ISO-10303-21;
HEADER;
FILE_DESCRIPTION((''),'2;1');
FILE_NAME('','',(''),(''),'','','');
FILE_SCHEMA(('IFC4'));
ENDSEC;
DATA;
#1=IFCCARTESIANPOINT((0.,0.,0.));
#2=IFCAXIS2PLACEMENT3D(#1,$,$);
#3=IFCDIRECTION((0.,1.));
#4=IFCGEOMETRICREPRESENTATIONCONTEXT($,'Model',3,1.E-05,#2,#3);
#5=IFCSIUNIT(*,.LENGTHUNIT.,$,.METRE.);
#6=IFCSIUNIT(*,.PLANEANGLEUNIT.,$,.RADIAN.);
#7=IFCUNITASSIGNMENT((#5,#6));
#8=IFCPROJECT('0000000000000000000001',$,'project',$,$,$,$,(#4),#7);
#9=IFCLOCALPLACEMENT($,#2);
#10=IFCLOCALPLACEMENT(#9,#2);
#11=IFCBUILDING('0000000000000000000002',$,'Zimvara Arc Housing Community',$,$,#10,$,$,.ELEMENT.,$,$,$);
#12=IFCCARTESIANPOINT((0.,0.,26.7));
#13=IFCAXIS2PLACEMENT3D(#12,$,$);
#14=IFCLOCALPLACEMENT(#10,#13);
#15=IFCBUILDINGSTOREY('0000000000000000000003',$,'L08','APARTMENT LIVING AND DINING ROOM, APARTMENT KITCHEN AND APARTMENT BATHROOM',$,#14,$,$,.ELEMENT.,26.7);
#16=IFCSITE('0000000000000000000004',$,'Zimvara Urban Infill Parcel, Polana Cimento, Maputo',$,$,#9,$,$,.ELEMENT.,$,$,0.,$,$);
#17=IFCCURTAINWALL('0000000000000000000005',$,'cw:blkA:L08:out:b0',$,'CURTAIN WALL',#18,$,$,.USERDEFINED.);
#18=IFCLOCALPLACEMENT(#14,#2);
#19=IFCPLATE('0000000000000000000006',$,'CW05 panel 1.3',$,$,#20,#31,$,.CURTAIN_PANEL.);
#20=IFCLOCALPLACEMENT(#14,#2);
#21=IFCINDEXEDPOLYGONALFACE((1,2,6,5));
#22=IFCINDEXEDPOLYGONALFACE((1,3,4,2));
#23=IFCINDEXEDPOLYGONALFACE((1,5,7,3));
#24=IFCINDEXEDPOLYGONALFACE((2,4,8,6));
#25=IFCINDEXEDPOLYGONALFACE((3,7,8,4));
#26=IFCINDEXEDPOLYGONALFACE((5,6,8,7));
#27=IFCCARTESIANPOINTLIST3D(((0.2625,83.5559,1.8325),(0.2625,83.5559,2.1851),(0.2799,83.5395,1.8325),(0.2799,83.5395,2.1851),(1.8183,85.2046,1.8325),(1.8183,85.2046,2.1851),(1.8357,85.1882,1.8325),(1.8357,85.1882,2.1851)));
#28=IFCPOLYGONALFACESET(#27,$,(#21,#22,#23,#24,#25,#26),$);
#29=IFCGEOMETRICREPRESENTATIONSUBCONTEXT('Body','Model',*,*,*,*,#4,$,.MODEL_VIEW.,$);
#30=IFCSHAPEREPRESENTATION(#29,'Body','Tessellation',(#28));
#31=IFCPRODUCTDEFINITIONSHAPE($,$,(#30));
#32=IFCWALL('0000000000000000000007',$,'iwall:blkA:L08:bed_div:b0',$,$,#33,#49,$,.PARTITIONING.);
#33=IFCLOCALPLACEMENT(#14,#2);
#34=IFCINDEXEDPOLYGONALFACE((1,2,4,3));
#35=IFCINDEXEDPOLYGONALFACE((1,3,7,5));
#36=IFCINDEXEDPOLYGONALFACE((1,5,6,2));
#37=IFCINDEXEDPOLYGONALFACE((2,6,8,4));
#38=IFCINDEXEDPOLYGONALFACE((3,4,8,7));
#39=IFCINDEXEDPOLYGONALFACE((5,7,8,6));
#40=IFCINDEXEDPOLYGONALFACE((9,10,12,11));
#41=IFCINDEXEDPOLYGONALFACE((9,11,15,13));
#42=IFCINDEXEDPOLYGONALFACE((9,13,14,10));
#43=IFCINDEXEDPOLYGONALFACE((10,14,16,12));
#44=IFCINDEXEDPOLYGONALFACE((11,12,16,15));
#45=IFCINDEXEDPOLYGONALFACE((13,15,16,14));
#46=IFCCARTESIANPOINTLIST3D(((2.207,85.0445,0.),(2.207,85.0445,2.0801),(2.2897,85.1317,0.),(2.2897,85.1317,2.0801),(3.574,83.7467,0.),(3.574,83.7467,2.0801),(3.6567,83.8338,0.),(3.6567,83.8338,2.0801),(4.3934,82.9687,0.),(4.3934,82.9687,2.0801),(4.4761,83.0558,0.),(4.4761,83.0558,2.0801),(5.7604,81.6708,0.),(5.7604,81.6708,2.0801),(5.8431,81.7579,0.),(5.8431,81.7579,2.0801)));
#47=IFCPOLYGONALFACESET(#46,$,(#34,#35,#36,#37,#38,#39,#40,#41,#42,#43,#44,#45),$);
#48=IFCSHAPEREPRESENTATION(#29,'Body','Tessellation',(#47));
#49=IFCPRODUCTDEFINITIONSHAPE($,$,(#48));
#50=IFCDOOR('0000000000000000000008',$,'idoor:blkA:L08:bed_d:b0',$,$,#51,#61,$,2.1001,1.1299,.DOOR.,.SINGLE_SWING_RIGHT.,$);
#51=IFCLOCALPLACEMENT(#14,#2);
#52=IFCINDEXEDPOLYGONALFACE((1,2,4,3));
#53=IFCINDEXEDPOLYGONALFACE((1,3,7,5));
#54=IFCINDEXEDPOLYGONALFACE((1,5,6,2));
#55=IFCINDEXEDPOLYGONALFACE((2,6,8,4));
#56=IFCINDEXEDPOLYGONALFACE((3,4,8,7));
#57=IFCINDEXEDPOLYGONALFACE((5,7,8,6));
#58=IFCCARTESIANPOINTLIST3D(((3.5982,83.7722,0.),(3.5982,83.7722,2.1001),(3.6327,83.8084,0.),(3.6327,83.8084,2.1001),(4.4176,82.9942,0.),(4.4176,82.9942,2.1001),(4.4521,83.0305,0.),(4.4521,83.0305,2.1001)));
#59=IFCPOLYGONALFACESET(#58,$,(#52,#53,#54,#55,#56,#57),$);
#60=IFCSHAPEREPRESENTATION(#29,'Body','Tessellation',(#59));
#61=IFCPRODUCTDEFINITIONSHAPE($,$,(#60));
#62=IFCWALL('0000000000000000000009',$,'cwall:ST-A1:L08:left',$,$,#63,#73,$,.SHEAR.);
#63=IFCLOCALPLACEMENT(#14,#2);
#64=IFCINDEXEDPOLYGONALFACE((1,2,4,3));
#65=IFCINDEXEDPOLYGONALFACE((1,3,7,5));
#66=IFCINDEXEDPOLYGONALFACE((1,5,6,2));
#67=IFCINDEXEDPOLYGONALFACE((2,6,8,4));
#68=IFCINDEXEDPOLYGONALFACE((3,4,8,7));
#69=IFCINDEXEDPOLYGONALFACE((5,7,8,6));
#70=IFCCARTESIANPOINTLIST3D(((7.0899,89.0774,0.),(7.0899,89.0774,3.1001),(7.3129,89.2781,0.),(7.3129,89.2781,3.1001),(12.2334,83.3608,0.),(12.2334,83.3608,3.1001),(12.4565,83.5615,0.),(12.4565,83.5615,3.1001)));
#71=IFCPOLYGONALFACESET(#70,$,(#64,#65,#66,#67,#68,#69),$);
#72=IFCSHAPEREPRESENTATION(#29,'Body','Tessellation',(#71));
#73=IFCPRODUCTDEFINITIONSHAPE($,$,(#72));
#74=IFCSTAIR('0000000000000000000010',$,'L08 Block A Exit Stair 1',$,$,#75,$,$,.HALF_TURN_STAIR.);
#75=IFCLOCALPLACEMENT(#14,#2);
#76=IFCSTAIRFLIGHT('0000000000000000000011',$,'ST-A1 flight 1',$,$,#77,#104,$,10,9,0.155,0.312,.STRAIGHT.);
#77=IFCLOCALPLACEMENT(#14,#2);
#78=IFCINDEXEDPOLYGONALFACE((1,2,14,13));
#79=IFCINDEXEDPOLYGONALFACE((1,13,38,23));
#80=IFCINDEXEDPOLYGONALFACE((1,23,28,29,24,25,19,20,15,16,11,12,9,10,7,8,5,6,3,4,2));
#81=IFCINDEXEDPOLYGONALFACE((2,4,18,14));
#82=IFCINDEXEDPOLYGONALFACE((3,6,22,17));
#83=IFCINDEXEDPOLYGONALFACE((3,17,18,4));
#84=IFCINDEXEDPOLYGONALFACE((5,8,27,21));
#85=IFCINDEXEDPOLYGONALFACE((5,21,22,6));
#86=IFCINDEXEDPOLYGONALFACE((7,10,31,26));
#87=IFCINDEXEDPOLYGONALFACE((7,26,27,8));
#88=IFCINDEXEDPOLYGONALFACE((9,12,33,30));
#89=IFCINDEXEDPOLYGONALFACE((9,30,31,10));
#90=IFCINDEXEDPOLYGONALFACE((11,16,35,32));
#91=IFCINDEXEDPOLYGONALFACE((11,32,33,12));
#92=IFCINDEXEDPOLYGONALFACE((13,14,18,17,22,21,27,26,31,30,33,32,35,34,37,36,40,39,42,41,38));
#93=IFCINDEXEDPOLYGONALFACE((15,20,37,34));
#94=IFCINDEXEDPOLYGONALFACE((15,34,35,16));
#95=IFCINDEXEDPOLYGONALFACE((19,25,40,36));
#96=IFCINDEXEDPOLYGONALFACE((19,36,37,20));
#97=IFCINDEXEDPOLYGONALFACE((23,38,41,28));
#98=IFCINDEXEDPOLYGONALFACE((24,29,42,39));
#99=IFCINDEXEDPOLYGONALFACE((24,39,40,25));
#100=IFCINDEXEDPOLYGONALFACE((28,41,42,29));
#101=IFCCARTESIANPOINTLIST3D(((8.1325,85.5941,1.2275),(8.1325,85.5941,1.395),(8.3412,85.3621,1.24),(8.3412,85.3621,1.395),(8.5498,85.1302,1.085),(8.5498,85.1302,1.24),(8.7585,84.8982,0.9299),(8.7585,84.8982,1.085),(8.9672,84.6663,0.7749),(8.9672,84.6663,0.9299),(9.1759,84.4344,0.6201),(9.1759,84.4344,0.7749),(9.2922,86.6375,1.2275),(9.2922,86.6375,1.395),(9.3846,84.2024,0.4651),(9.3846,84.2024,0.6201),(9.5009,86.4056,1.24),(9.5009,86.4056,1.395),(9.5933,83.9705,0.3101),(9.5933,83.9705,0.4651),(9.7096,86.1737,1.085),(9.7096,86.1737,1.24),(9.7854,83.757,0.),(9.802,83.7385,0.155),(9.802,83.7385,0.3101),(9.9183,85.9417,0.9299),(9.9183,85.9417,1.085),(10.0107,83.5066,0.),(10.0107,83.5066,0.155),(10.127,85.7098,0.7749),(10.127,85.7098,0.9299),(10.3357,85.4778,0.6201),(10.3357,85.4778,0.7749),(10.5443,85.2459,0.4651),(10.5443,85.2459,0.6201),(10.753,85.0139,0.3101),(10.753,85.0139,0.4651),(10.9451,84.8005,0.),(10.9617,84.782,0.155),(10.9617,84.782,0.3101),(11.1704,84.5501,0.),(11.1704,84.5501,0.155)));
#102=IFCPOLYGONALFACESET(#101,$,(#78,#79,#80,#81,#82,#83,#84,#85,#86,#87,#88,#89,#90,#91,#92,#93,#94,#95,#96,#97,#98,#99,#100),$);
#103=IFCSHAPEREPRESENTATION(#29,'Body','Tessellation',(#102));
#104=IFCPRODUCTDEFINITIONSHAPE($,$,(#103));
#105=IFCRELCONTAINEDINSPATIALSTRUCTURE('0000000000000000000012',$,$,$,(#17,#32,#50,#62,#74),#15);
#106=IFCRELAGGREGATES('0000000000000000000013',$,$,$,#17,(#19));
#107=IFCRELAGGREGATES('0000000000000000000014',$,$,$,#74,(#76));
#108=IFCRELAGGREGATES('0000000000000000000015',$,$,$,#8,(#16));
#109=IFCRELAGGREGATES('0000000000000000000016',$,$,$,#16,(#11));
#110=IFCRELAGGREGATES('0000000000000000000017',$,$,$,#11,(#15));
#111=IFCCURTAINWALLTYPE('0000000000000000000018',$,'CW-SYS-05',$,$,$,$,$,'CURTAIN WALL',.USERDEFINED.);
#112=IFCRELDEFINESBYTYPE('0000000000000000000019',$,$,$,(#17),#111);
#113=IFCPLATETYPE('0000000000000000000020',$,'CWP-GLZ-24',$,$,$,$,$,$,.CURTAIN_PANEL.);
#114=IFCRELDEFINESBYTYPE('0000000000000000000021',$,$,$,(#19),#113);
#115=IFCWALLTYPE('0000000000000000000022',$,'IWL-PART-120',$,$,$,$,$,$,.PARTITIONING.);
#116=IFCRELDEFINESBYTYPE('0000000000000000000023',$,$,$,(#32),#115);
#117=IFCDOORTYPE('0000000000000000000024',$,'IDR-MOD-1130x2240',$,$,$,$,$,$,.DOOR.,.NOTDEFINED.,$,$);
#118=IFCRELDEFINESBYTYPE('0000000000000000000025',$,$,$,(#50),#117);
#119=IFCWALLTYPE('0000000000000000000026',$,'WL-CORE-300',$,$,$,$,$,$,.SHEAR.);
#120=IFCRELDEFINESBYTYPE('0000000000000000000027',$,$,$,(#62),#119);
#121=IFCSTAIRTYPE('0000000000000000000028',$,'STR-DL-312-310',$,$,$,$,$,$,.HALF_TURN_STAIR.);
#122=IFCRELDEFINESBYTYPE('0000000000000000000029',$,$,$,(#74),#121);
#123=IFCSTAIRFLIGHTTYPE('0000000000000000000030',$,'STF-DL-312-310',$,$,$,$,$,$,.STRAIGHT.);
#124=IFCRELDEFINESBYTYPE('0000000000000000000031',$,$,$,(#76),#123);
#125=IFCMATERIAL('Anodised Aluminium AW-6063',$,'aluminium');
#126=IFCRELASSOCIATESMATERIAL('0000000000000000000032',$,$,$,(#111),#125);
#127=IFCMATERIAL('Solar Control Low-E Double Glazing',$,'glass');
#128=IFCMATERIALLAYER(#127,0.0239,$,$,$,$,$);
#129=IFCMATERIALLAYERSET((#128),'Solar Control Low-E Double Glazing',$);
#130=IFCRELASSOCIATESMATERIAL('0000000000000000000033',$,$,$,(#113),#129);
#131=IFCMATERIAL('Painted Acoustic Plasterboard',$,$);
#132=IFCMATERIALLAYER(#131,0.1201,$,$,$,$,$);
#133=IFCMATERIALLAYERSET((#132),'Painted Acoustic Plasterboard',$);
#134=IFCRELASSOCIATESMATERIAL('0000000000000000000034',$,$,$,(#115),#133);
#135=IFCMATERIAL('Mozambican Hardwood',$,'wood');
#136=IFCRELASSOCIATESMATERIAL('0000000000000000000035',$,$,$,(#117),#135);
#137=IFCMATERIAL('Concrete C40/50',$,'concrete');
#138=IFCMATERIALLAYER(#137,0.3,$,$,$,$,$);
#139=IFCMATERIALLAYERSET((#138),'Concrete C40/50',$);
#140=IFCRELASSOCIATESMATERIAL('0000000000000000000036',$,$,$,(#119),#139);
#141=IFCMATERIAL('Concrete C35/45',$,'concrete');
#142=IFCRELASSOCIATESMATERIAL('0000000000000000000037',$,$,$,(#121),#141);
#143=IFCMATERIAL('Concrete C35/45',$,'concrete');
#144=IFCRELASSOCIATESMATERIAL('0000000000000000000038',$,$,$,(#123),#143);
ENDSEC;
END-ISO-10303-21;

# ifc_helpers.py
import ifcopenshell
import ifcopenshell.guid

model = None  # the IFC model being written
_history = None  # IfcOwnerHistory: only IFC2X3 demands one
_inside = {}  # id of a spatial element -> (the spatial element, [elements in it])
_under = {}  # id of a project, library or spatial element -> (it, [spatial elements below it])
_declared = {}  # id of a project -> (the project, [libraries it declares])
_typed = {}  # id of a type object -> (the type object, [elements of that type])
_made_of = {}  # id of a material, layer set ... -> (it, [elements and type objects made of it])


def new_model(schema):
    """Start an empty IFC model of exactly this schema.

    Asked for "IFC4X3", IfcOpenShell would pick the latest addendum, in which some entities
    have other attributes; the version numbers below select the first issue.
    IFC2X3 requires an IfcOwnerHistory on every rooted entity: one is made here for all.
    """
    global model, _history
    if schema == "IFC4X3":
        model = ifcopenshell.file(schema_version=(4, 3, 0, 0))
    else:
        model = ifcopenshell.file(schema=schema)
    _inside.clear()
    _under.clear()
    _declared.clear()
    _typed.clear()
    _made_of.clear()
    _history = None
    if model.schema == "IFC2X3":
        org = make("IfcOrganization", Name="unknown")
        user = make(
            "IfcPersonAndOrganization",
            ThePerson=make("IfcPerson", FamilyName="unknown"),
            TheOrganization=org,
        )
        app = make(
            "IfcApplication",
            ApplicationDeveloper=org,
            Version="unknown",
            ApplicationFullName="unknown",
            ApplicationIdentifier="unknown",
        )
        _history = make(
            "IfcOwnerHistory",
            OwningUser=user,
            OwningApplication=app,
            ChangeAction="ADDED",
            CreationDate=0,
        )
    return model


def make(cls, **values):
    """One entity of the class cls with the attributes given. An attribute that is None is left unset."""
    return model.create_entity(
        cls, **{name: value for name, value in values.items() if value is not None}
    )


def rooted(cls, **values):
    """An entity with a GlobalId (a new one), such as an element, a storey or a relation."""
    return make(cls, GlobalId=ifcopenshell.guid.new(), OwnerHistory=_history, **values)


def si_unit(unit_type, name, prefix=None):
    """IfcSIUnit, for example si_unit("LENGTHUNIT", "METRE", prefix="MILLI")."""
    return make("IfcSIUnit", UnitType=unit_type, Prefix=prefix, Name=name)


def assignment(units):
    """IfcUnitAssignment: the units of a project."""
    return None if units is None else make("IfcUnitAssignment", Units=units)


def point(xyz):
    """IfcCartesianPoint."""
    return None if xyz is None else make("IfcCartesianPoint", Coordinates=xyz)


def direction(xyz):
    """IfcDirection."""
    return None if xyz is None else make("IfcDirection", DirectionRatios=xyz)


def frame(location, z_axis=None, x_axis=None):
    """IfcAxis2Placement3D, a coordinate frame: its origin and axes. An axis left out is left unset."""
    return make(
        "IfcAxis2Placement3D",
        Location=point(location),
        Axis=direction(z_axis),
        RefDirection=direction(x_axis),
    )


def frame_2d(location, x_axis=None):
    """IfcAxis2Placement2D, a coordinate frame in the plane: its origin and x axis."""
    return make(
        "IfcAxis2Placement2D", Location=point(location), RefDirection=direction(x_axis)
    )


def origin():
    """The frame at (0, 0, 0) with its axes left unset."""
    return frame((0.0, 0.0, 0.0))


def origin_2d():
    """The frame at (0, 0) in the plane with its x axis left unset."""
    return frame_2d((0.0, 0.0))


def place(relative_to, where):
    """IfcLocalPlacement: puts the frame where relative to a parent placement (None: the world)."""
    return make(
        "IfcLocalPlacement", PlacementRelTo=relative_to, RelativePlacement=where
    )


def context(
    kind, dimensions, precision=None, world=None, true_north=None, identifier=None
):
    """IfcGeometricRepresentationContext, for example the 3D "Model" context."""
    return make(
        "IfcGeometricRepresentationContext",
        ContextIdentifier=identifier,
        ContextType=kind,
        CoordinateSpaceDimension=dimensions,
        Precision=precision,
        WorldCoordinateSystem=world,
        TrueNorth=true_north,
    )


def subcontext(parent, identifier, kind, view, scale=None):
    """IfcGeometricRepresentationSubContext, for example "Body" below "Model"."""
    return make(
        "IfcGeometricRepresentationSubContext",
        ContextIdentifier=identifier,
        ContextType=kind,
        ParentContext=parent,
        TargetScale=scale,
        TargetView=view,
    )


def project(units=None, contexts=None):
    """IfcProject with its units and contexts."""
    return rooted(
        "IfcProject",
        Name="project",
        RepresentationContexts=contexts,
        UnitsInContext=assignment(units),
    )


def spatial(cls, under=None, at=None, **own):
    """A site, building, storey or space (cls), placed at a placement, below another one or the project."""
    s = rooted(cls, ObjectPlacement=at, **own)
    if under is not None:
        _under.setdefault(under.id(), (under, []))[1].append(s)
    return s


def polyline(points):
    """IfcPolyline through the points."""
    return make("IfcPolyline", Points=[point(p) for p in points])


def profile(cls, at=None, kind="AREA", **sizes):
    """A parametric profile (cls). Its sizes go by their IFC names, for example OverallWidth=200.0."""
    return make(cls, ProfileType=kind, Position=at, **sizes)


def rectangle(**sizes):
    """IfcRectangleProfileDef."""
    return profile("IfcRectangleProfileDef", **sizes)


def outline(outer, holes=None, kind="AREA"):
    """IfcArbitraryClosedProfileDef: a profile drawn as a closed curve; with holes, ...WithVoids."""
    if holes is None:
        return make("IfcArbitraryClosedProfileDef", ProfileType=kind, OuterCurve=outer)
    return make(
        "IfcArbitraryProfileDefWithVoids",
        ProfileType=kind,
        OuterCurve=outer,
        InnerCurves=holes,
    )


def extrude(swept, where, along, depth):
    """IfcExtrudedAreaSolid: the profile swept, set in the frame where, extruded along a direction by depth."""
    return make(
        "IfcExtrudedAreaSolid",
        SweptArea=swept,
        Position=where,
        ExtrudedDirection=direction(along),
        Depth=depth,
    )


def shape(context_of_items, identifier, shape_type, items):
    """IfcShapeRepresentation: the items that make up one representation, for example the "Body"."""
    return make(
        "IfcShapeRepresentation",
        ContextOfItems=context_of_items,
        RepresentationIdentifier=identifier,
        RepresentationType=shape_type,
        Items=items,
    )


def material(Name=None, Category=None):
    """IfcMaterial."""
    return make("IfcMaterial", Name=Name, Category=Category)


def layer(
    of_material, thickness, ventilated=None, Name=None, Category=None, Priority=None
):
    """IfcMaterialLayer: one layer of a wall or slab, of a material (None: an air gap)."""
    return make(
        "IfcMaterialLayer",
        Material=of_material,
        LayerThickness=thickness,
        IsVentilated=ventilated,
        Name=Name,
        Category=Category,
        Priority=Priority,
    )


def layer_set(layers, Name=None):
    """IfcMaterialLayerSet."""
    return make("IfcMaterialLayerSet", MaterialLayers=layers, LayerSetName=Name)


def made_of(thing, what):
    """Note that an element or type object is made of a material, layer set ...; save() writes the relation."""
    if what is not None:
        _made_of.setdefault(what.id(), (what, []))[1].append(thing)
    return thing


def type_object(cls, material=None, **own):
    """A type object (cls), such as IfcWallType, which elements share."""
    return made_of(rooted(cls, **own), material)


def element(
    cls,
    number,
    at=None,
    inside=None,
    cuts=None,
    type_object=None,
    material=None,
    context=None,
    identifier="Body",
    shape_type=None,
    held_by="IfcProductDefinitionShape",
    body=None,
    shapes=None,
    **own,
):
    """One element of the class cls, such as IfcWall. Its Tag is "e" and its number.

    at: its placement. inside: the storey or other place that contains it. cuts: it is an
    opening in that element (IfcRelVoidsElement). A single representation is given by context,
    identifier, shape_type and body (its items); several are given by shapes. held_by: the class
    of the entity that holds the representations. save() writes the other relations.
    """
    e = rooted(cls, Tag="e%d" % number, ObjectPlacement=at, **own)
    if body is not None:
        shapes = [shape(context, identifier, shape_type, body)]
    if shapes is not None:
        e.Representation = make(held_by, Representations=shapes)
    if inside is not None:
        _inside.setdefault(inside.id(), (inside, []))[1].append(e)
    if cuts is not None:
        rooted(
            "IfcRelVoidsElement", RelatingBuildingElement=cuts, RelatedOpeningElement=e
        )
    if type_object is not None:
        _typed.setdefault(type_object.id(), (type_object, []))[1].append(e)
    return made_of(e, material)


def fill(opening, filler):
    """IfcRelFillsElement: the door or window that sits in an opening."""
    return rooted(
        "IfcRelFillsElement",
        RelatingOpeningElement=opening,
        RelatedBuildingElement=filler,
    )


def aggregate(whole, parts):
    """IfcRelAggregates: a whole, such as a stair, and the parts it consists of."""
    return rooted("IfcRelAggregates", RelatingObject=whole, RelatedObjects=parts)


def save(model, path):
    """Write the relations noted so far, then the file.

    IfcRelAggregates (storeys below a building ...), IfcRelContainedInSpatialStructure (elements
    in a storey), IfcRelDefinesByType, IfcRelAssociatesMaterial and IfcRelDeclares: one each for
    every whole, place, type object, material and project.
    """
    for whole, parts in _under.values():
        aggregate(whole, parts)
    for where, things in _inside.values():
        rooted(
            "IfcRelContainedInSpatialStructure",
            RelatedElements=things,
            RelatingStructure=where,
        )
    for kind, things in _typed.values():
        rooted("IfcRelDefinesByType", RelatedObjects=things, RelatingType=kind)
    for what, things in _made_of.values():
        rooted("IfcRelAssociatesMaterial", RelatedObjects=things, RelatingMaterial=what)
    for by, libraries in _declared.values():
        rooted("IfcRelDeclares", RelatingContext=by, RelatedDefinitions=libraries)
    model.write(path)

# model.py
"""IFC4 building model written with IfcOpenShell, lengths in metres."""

from ifc_helpers import new_model, si_unit, direction, frame, frame_2d, origin, origin_2d, place, context, subcontext, project, spatial, polyline, rectangle, outline, extrude, material, layer, layer_set, type_object, element, fill, aggregate, save


model = new_model("IFC4")

# Units and contexts
model_context = context("Model", 3, precision=1e-05, world=origin(), true_north=direction((0.0, 1.0)))
body_context = subcontext(model_context, "Body", "Model", "MODEL_VIEW")
ifc_project = project(units=[si_unit("LENGTHUNIT", "METRE"), si_unit("PLANEANGLEUNIT", "RADIAN")], contexts=[model_context])

# Site, building, storey
site_placement = place(None, origin())
site = spatial("IfcSite", under=ifc_project, at=site_placement, Name="Zimvara Urban Infill Parcel, Polana Cimento, Maputo", CompositionType="ELEMENT", RefElevation=0.0)
building_placement = place(site_placement, origin())
building = spatial("IfcBuilding", under=site, at=building_placement, Name="Zimvara Arc Housing Community", CompositionType="ELEMENT")
storey_placement = place(building_placement, frame((0.0, 0.0, 26.7)))
storey = spatial("IfcBuildingStorey", under=building, at=storey_placement, Name="L08", Description="APARTMENT LIVING AND DINING ROOM, APARTMENT KITCHEN AND APARTMENT BATHROOM", CompositionType="ELEMENT", Elevation=26.7)

# Curtain wall, plate
ifc_material_1 = material(Name="Anodised Aluminium AW-6063", Category="aluminium")
curtain_wall_type = type_object("IfcCurtainWallType", Name="CW-SYS-05", ElementType="CURTAIN WALL", PredefinedType="USERDEFINED", material=ifc_material_1)
curtain_wall_placement = place(storey_placement, origin())
curtain_wall = element("IfcCurtainWall", 1, at=curtain_wall_placement, inside=storey, type_object=curtain_wall_type, Name="cw:blkA:L08:out:b0", ObjectType="CURTAIN WALL", PredefinedType="USERDEFINED")
ifc_material_2 = material(Name="Solar Control Low-E Double Glazing", Category="glass")
ifc_layer_1 = layer(ifc_material_2, 0.0239)
ifc_layer_set_1 = layer_set([ifc_layer_1], Name="Solar Control Low-E Double Glazing")
plate_type = type_object("IfcPlateType", Name="CWP-GLZ-24", PredefinedType="CURTAIN_PANEL", material=ifc_layer_set_1)
plate_1_placement = place(storey_placement, frame((1.0491, 84.3721, 1.8325), z_axis=(0.0, 0.0, 1.0), x_axis=(0.686326, 0.727294, 0.0)))
plate_1 = element("IfcPlate", 2, at=plate_1_placement, type_object=plate_type, Name="CW05 panel 1.3", PredefinedType="CURTAIN_PANEL", context=body_context, shape_type="SweptSolid", body=[
    extrude(rectangle(XDim=2.2668, YDim=0.0239, at=origin_2d()), origin(), (0.0, 0.0, 1.0), 0.3525),
])
aggregate(curtain_wall, [plate_1])

# Wall, opening, door
ifc_material_3 = material(Name="Painted Acoustic Plasterboard")
ifc_layer_2 = layer(ifc_material_3, 0.1201)
ifc_layer_set_2 = layer_set([ifc_layer_2], Name="Painted Acoustic Plasterboard")
wall_type_1 = type_object("IfcWallType", Name="IWL-PART-120", PredefinedType="PARTITIONING", material=ifc_layer_set_2)
wall_1_placement = place(storey_placement, frame((5.8018, 81.7144, 0.0), z_axis=(0.0, 0.0, 1.0), x_axis=(-0.725205, 0.688533, 0.0)))
wall_1 = element("IfcWall", 3, at=wall_1_placement, inside=storey, type_object=wall_type_1, Name="iwall:blkA:L08:bed_div:b0", PredefinedType="PARTITIONING", context=body_context, shape_type="SweptSolid", body=[
    extrude(rectangle(XDim=4.8999, YDim=0.1201, at=frame_2d((2.45, 0.0))), origin(), (0.0, 0.0, 1.0), 2.0801),
])
opening_1_placement = place(wall_1_placement, frame((1.885, 0.0, 0.0)))
opening_1 = element("IfcOpeningElement", 4, at=opening_1_placement, cuts=wall_1, PredefinedType="OPENING", context=body_context, shape_type="SweptSolid", body=[
    extrude(rectangle(XDim=1.1299, YDim=2.1001, at=frame_2d((0.5649, 1.05))), frame((0.0, 0.0701, 0.0), z_axis=(0.0, -1.0, 0.0), x_axis=(1.0, 0.0, 0.0)), (0.0, 0.0, 1.0), 0.1401),
])
ifc_material_4 = material(Name="Mozambican Hardwood", Category="wood")
door_type_1 = type_object("IfcDoorType", Name="IDR-MOD-1130x2240", OperationType="NOTDEFINED", PredefinedType="DOOR", material=ifc_material_4)
door_1_placement = place(opening_1_placement, origin())
door_1 = element("IfcDoor", 5, at=door_1_placement, inside=storey, type_object=door_type_1, Name="idoor:blkA:L08:bed_d:b0", OperationType="SINGLE_SWING_RIGHT", OverallHeight=2.1001, OverallWidth=1.1299, PredefinedType="DOOR", context=body_context, shape_type="SweptSolid", body=[
    extrude(rectangle(XDim=1.1299, YDim=2.1001, at=frame_2d((0.5649, 1.05))), frame((0.0, 0.0249, 0.0), z_axis=(0.0, -1.0, 0.0), x_axis=(1.0, 0.0, 0.0)), (0.0, 0.0, 1.0), 0.05),
])
fill(opening_1, door_1)
ifc_material_5 = material(Name="Concrete C40/50", Category="concrete")
ifc_layer_3 = layer(ifc_material_5, 0.3)
ifc_layer_set_3 = layer_set([ifc_layer_3], Name="Concrete C40/50")
wall_type_2 = type_object("IfcWallType", Name="WL-CORE-300", PredefinedType="SHEAR", material=ifc_layer_set_3)

# Wall
wall_2_placement = place(storey_placement, frame((12.345, 83.4612, 0.0), z_axis=(0.0, 0.0, 1.0), x_axis=(-0.668868, 0.743381, 0.0)))
element("IfcWall", 6, at=wall_2_placement, inside=storey, type_object=wall_type_2, Name="cwall:ST-A1:L08:left", PredefinedType="SHEAR", context=body_context, shape_type="SweptSolid", body=[
    extrude(rectangle(XDim=7.6899, YDim=0.3, at=frame_2d((3.845, 0.0))), origin(), (0.0, 0.0, 1.0), 3.1001),
])

# Stair, stair flight
ifc_material_6 = material(Name="Concrete C35/45", Category="concrete")
stair_type = type_object("IfcStairType", Name="STR-DL-312-310", PredefinedType="HALF_TURN_STAIR", material=ifc_material_6)
stair_placement = place(storey_placement, origin())
stair = element("IfcStair", 7, at=stair_placement, inside=storey, type_object=stair_type, Name="L08 Block A Exit Stair 1", PredefinedType="HALF_TURN_STAIR")
ifc_material_7 = material(Name="Concrete C35/45", Category="concrete")
stair_flight_type = type_object("IfcStairFlightType", Name="STF-DL-312-310", PredefinedType="STRAIGHT", material=ifc_material_7)
stair_flight_placement = place(storey_placement, frame((10.5906, 84.0283, 0.0), z_axis=(0.0, 0.0, 1.0), x_axis=(-0.668871, 0.743378, 0.0)))
stair_flight = element("IfcStairFlight", 8, at=stair_flight_placement, type_object=stair_flight_type, Name="ST-A1 flight 1", NumberOfRisers=10, NumberOfTreads=9, PredefinedType="STRAIGHT", RiserHeight=0.155, TreadLength=0.312, context=body_context, shape_type="SweptSolid", body=[
    extrude(outline(polyline([(0.0, 0.0), (0.0, 0.155), (0.312, 0.155), (0.312, 0.3101), (0.624, 0.3101), (0.624, 0.4651), (0.936, 0.4651), (0.936, 0.6201), (1.248, 0.6201), (1.248, 0.7749), (1.5601, 0.7749), (1.5601, 0.9299), (1.8721, 0.9299), (1.8721, 1.085), (2.1841, 1.085), (2.1841, 1.24), (2.4961, 1.24), (2.4961, 1.395), (2.8081, 1.395), (2.8081, 1.55), (2.8081, 1.2275), (0.3369, 0.0), (0.0, 0.0)])), frame((0.0, 0.78, 0.0), z_axis=(0.0, -1.0, 0.0), x_axis=(1.0, 0.0, 0.0)), (0.0, 0.0, 1.0), 1.5601),
])
aggregate(stair, [stair_flight])

save(model, "model.ifc")
